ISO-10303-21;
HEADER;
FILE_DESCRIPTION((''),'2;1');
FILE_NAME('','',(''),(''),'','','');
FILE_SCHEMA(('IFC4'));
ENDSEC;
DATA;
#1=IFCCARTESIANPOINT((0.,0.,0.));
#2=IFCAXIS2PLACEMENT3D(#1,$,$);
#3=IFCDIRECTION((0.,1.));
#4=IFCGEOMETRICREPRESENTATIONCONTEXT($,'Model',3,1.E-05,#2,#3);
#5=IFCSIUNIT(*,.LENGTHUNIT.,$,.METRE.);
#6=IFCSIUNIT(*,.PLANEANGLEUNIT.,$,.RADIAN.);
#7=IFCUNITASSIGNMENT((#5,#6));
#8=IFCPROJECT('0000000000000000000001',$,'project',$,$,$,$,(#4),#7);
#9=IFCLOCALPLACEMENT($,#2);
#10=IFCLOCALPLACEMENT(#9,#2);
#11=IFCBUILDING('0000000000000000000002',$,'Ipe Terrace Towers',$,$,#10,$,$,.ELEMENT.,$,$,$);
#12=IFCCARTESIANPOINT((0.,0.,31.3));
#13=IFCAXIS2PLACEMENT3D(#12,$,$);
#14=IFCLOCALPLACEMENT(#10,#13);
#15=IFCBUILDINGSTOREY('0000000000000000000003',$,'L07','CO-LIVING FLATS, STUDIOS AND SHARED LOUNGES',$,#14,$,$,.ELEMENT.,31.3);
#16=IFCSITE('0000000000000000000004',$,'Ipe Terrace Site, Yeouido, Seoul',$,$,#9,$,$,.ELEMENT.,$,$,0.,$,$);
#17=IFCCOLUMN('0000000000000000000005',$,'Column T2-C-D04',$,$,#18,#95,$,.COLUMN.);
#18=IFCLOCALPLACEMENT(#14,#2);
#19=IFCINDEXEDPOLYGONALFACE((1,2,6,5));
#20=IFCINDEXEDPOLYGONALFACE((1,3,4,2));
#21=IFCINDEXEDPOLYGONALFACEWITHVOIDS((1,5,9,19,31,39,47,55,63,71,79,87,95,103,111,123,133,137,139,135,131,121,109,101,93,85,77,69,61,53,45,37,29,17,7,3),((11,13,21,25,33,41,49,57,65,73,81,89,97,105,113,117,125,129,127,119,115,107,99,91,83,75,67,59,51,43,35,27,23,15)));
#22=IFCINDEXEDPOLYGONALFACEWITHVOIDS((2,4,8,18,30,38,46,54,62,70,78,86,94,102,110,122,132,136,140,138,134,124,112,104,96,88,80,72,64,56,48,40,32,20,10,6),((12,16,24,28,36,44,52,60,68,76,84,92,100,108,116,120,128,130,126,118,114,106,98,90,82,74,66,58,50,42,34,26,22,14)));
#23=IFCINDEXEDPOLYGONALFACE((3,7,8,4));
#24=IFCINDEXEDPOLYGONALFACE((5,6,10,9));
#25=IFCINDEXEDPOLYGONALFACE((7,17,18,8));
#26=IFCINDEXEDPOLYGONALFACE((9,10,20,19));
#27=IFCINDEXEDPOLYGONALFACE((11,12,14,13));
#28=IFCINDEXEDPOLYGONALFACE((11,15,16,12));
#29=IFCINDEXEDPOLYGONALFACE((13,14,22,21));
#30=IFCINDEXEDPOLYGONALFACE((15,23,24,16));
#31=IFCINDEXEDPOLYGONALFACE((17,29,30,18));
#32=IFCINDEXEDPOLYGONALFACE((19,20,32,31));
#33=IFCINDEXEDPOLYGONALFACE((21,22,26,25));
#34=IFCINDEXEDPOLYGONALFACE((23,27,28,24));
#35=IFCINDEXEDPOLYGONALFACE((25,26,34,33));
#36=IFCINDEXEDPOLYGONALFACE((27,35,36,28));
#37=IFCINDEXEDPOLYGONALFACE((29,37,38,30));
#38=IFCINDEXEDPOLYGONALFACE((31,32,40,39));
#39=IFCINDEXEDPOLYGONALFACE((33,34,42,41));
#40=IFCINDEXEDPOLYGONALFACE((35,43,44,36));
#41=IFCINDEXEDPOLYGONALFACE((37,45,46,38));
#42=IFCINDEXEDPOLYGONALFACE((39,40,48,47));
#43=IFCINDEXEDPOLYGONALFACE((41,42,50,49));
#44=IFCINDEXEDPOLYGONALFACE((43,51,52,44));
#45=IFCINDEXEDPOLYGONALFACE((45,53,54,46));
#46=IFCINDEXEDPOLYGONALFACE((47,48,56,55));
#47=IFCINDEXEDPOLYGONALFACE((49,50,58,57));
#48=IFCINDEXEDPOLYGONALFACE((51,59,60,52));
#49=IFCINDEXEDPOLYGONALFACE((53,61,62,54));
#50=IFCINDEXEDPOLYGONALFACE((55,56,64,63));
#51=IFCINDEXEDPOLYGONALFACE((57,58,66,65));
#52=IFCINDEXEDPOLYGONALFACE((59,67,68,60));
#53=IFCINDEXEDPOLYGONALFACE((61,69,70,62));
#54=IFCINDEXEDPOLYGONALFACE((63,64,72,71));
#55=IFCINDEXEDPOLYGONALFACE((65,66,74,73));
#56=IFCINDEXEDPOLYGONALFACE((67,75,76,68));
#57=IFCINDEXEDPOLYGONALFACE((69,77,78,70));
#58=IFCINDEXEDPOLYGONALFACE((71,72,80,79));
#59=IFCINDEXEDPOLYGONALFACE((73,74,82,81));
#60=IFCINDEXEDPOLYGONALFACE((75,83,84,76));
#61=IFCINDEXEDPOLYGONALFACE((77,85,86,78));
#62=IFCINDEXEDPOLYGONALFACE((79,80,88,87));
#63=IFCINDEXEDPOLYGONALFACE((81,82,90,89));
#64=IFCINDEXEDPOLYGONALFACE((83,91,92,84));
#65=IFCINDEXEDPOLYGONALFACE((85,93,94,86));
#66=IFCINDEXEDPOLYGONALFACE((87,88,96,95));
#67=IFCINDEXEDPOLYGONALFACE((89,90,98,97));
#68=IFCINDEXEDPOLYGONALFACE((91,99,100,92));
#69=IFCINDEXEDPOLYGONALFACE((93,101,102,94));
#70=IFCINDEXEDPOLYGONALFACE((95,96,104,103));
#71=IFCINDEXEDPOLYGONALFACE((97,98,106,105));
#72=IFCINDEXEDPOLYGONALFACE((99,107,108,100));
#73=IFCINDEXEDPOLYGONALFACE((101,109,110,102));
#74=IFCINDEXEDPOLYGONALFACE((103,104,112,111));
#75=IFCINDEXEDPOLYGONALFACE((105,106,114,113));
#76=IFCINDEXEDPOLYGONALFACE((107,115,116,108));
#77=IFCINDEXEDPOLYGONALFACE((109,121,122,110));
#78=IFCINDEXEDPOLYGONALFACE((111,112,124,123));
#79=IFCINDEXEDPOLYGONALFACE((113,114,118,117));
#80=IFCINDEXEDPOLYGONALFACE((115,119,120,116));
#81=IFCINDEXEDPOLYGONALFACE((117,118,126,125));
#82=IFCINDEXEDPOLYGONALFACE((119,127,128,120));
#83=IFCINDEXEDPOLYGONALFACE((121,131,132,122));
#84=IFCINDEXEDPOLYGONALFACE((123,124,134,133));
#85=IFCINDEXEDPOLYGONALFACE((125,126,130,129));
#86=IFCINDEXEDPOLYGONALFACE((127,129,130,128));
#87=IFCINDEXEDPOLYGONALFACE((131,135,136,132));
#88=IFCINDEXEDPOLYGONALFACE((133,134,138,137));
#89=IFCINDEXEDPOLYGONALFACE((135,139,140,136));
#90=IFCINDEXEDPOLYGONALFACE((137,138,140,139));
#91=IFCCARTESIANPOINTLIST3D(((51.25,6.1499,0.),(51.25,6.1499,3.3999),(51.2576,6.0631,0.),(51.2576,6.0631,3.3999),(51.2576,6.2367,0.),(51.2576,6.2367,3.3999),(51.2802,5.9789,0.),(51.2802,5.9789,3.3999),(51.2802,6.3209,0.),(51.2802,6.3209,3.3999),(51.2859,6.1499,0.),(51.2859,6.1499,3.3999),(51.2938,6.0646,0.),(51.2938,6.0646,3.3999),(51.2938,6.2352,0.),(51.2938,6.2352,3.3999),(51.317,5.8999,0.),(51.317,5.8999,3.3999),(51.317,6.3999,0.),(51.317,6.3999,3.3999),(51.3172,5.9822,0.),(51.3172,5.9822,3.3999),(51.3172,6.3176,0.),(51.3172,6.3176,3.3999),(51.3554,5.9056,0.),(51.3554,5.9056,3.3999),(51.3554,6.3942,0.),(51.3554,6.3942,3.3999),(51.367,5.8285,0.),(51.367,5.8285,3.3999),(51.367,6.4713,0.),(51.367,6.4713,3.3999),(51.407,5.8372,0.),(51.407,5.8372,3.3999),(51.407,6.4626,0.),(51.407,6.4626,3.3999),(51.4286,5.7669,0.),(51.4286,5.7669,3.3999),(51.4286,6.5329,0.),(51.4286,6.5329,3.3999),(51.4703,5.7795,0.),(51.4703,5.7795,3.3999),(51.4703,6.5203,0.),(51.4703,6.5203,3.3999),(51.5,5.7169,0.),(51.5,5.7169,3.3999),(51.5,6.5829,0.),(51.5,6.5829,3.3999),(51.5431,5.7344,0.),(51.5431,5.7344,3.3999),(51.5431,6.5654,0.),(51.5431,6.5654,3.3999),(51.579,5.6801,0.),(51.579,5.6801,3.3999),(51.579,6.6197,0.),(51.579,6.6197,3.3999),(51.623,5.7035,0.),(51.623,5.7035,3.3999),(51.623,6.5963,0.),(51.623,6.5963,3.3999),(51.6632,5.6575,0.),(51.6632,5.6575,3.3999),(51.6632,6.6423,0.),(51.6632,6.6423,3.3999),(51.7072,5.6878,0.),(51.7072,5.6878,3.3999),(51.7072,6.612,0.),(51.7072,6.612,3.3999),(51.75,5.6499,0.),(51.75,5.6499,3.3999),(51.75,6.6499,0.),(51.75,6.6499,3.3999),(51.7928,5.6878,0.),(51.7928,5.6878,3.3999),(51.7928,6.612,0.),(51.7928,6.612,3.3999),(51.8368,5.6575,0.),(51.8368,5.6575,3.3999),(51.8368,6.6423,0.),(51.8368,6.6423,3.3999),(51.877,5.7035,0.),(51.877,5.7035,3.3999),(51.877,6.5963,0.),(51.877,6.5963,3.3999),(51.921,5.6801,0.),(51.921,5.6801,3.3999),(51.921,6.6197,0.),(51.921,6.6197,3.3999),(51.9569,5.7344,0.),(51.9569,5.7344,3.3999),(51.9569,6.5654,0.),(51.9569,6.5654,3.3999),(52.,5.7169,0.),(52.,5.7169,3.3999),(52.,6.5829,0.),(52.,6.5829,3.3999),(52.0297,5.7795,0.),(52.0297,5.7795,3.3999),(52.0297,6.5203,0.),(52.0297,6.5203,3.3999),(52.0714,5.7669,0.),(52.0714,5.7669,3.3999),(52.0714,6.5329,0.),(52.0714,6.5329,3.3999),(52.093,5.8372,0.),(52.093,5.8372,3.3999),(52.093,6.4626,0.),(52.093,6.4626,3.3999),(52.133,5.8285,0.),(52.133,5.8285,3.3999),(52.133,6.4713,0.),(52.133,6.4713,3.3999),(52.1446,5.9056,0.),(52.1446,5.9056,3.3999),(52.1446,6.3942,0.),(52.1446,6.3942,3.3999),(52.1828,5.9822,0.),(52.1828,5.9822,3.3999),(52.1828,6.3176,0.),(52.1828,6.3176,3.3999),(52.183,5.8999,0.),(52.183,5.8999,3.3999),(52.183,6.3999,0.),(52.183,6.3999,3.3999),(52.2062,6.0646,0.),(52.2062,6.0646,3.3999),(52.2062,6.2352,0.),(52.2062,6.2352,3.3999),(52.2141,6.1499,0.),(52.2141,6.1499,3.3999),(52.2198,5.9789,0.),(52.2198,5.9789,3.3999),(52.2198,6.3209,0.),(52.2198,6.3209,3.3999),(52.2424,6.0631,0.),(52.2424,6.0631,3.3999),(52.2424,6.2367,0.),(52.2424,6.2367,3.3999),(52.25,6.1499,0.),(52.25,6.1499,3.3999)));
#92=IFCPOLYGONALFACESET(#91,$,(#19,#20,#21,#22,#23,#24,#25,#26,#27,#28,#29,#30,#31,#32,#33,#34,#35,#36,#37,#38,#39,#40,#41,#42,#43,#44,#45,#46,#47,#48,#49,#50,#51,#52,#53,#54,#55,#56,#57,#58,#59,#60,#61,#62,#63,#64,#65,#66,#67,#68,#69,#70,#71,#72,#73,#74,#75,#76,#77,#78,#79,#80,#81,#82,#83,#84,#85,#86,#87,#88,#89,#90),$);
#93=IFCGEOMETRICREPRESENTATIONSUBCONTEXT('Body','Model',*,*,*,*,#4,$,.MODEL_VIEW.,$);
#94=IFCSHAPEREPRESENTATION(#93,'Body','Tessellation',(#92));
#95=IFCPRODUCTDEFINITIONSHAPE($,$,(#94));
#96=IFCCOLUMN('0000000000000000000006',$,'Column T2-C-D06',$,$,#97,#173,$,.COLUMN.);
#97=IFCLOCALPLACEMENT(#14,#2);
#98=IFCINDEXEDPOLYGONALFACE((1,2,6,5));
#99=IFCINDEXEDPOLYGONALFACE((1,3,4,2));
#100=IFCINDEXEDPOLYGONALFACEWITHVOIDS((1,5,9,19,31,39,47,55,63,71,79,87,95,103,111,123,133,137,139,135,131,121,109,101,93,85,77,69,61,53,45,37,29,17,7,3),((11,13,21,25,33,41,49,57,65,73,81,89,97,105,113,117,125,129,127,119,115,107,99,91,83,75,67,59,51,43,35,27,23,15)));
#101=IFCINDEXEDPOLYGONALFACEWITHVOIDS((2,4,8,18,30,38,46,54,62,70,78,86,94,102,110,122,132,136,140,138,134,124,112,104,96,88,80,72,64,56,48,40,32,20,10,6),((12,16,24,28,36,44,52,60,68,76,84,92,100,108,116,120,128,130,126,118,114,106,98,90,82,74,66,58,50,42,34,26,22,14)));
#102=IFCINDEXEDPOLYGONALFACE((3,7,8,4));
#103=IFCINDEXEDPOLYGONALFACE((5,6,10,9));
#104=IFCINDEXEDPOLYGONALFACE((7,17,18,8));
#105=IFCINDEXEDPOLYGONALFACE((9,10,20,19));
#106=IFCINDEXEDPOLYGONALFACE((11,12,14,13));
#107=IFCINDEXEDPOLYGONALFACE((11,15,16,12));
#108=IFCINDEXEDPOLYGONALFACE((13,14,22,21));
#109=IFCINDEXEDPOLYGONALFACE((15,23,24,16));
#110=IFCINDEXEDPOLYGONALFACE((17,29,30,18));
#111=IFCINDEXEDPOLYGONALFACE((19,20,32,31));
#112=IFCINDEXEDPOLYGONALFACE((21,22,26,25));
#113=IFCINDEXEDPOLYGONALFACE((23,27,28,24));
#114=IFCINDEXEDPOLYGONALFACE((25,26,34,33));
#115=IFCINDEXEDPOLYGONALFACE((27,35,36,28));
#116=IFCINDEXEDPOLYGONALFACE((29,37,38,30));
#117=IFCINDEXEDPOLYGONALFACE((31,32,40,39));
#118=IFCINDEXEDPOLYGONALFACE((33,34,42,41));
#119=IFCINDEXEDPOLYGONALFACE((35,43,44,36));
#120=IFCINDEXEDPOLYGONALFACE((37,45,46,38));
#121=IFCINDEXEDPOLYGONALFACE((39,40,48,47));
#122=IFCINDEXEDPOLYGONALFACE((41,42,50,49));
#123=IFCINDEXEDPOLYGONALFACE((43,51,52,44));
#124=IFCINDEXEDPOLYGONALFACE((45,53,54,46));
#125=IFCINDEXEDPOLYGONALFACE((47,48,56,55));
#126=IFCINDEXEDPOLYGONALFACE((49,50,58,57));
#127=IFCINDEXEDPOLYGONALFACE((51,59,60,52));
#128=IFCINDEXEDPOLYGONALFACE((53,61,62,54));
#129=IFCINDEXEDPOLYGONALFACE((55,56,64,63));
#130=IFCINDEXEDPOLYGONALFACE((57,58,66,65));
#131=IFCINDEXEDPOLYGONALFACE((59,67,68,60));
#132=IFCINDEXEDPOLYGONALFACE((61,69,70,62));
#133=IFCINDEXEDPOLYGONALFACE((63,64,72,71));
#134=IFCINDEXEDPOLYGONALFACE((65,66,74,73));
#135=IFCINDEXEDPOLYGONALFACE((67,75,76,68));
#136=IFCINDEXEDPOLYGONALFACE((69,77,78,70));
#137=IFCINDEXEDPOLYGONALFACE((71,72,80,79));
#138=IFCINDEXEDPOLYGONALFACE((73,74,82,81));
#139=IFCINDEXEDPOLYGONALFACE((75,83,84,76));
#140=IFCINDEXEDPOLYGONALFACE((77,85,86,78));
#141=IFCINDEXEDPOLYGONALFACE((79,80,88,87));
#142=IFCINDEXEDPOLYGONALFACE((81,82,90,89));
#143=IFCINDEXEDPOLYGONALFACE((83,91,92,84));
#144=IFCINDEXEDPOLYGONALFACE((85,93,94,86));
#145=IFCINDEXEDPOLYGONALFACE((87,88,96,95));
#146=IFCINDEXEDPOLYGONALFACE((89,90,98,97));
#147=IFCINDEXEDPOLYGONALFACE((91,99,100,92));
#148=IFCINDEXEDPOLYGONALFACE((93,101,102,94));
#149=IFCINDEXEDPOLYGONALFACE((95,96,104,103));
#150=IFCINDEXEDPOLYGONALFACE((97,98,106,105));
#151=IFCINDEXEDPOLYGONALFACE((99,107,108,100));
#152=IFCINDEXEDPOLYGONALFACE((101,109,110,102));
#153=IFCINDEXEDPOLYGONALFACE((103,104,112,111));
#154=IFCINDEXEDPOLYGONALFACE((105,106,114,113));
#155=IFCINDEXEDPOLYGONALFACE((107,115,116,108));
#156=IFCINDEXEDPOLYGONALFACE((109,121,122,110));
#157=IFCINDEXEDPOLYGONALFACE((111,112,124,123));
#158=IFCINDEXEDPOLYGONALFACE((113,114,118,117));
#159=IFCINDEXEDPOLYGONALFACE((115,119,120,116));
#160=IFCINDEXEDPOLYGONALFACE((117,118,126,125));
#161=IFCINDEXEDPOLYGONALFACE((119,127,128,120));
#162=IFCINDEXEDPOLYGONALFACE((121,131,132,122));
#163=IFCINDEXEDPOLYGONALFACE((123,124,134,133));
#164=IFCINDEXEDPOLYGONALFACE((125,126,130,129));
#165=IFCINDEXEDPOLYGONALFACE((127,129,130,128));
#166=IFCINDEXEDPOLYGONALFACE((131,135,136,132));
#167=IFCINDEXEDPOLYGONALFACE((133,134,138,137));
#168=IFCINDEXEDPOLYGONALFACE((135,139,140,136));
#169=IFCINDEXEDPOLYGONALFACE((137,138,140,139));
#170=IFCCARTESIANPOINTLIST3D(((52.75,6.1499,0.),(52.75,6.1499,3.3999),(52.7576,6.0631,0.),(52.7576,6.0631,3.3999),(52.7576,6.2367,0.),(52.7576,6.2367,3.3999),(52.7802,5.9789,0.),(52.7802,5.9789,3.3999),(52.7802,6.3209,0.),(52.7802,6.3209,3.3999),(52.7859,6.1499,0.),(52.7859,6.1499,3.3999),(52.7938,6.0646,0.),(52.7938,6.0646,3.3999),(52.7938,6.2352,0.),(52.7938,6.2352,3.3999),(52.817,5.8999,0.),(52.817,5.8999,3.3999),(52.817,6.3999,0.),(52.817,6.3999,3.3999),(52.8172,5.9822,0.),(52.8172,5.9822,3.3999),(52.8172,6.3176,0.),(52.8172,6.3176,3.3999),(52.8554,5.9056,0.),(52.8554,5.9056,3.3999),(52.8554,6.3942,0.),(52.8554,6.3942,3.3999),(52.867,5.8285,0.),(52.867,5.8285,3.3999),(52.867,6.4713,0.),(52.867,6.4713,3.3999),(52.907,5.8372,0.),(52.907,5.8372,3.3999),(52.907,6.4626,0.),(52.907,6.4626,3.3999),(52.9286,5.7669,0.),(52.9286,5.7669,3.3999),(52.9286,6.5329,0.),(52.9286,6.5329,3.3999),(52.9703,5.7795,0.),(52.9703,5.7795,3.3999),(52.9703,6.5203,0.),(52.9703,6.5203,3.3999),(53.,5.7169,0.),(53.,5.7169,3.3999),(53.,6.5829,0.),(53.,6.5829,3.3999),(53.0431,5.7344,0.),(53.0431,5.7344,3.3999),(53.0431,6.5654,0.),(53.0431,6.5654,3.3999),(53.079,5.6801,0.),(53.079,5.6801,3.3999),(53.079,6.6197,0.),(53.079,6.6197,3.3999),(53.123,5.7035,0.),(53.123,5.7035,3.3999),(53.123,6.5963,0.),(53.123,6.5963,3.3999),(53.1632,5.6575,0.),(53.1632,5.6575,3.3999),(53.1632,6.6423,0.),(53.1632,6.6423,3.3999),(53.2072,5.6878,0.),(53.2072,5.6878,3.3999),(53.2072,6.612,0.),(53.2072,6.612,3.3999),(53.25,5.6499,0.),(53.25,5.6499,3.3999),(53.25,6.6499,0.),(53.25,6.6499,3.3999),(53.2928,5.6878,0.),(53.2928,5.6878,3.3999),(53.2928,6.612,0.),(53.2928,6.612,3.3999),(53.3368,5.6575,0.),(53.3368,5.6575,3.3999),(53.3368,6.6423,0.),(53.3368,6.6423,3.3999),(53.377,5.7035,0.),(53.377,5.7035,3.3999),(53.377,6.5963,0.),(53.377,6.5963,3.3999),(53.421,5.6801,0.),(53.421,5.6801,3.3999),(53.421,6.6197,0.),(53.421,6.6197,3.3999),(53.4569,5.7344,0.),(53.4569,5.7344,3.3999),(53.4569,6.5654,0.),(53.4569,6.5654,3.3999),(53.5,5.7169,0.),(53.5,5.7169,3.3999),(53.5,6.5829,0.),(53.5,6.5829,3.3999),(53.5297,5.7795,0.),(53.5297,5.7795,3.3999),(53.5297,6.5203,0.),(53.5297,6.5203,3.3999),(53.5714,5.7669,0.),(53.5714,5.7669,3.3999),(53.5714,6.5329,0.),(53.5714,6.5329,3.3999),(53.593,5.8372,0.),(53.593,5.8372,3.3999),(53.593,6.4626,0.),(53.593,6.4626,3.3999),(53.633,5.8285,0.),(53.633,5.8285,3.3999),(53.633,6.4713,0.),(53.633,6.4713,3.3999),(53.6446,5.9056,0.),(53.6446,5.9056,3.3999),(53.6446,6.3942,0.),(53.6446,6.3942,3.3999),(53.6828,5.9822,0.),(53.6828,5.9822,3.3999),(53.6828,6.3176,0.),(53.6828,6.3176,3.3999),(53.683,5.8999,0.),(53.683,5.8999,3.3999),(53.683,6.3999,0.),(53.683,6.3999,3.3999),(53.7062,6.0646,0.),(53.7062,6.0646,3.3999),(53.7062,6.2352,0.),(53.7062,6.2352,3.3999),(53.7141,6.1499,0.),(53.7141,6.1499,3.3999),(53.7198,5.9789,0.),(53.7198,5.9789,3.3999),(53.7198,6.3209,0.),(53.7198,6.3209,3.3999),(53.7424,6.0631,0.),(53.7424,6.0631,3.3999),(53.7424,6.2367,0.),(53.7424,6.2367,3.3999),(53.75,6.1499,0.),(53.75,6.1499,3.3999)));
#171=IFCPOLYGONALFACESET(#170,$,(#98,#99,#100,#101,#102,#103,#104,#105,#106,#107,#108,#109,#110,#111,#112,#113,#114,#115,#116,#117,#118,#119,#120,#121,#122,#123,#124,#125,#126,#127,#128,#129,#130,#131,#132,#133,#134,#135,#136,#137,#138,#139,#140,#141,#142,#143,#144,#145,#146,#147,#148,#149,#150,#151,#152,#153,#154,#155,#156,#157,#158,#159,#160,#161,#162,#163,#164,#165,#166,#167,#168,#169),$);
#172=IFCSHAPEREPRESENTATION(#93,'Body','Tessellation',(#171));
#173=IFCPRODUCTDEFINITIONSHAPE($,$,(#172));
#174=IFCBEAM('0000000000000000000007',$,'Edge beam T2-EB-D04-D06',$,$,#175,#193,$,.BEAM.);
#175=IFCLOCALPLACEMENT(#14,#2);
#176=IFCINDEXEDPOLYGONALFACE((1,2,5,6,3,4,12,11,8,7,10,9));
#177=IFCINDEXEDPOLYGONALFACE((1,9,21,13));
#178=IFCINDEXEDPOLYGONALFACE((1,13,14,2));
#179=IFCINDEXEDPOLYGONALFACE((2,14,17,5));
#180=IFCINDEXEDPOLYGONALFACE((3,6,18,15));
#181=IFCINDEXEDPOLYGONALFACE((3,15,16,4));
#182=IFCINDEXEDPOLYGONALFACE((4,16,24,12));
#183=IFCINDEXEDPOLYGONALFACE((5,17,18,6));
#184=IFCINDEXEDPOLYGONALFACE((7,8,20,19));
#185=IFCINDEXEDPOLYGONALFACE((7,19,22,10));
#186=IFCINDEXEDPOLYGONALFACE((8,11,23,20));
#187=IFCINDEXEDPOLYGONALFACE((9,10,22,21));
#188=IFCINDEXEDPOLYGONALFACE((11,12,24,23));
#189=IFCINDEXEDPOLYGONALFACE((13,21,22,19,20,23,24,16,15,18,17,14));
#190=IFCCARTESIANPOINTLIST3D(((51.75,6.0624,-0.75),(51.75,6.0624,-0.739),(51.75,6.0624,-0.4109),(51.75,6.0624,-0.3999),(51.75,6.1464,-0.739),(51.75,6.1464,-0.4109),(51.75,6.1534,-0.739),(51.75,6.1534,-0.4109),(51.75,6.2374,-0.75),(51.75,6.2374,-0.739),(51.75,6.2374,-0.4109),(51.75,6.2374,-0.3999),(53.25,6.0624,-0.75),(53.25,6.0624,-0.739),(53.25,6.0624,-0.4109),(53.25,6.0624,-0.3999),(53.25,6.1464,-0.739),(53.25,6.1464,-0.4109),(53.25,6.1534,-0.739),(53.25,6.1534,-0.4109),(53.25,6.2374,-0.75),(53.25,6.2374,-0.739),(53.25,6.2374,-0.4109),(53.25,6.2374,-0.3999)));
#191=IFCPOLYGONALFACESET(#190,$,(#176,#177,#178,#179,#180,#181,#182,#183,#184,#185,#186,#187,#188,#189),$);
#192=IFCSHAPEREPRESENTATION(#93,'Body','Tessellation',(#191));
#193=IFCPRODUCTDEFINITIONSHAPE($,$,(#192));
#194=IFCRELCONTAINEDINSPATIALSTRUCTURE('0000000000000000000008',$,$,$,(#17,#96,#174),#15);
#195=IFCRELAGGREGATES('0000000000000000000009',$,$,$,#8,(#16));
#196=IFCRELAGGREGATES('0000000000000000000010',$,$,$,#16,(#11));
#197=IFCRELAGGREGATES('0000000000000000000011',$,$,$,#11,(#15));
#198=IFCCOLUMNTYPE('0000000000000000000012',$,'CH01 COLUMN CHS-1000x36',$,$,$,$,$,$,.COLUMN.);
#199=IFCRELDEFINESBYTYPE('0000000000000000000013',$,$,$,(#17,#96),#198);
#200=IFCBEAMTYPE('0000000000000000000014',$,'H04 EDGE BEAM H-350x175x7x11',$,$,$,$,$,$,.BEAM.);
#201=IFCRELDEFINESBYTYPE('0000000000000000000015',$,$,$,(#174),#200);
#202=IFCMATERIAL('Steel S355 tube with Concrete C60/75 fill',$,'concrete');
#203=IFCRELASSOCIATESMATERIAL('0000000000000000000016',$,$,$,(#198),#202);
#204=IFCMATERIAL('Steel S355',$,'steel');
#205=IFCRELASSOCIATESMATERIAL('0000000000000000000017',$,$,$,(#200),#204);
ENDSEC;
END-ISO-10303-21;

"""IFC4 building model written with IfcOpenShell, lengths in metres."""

from ifc_helpers import new_model, si_unit, direction, frame, origin, origin_2d, place, context, subcontext, project, spatial, hollow_circle, i_section, extrude, material, material_profile, profile_set, type_object, element, save


model = new_model("IFC4")

# Units and contexts
model_context = context("Model", 3, precision=1e-05, world=origin(), true_north=direction((0.0, 1.0)))
body_context = subcontext(model_context, "Body", "Model", "MODEL_VIEW")
ifc_project = project(units=[si_unit("LENGTHUNIT", "METRE"), si_unit("PLANEANGLEUNIT", "RADIAN")], contexts=[model_context])

# Site, building, storey
site_placement = place(None, origin())
site = spatial("IfcSite", under=ifc_project, at=site_placement, Name="Ipe Terrace Site, Yeouido, Seoul", CompositionType="ELEMENT", RefElevation=0.0)
building_placement = place(site_placement, origin())
building = spatial("IfcBuilding", under=site, at=building_placement, Name="Ipe Terrace Towers", CompositionType="ELEMENT")
storey_placement = place(building_placement, frame((0.0, 0.0, 31.3)))
storey = spatial("IfcBuildingStorey", under=building, at=storey_placement, Name="L07", Description="CO-LIVING FLATS, STUDIOS AND SHARED LOUNGES", CompositionType="ELEMENT", Elevation=31.3)

# Columns
ifc_material_1 = material(Name="Steel S355 tube with Concrete C60/75 fill", Category="concrete")
ifc_material_profile_1 = material_profile(ifc_material_1, hollow_circle(Radius=0.5, WallThickness=0.0359, at=origin_2d()), Name="CHS-1000x36")
ifc_profile_set_1 = profile_set([ifc_material_profile_1], Name="Steel S355 tube with Concrete C60/75 fill")
column_type = type_object("IfcColumnType", Name="CH01 COLUMN CHS-1000x36", PredefinedType="COLUMN", material=ifc_profile_set_1)
for number, where, z_axis, x_axis, name in (
    (1, (51.75, 6.1499, 0.0), (0.0, 0.0, 1.0), (1.0, 0.0, 0.0), "Column T2-C-D04"),
    (2, (53.25, 6.1499, 0.0), (0.0, 0.0, 1.0), (1.0, 0.0, 0.0), "Column T2-C-D06"),
):
    element("IfcColumn", number, at=place(storey_placement, frame(where, z_axis=z_axis, x_axis=x_axis)), inside=storey, type_object=column_type, Name=name, PredefinedType="COLUMN", context=body_context, shape_type="SweptSolid", body=[
        extrude(hollow_circle(Radius=0.5, WallThickness=0.0359, at=origin_2d()), origin(), (0.0, 0.0, 1.0), 3.3999),
    ])

# Beam
ifc_material_2 = material(Name="Steel S355", Category="steel")
ifc_material_profile_2 = material_profile(ifc_material_2, i_section(OverallWidth=0.175, OverallDepth=0.3501, WebThickness=0.0071, FlangeThickness=0.011, at=origin_2d()), Name="H-350x175x7x11")
ifc_profile_set_2 = profile_set([ifc_material_profile_2], Name="Steel S355")
beam_type = type_object("IfcBeamType", Name="H04 EDGE BEAM H-350x175x7x11", PredefinedType="BEAM", material=ifc_profile_set_2)
beam_placement = place(storey_placement, frame((51.75, 6.1499, -0.575), z_axis=(1.0, 0.0, 0.0), x_axis=(0.0, 1.0, 0.0)))
element("IfcBeam", 3, at=beam_placement, inside=storey, type_object=beam_type, Name="Edge beam T2-EB-D04-D06", PredefinedType="BEAM", context=body_context, shape_type="SweptSolid", body=[
    extrude(i_section(OverallWidth=0.175, OverallDepth=0.3501, WebThickness=0.0071, FlangeThickness=0.011, at=origin_2d()), origin(), (0.0, 0.0, 1.0), 1.5),
])

save(model, "model.ifc")
